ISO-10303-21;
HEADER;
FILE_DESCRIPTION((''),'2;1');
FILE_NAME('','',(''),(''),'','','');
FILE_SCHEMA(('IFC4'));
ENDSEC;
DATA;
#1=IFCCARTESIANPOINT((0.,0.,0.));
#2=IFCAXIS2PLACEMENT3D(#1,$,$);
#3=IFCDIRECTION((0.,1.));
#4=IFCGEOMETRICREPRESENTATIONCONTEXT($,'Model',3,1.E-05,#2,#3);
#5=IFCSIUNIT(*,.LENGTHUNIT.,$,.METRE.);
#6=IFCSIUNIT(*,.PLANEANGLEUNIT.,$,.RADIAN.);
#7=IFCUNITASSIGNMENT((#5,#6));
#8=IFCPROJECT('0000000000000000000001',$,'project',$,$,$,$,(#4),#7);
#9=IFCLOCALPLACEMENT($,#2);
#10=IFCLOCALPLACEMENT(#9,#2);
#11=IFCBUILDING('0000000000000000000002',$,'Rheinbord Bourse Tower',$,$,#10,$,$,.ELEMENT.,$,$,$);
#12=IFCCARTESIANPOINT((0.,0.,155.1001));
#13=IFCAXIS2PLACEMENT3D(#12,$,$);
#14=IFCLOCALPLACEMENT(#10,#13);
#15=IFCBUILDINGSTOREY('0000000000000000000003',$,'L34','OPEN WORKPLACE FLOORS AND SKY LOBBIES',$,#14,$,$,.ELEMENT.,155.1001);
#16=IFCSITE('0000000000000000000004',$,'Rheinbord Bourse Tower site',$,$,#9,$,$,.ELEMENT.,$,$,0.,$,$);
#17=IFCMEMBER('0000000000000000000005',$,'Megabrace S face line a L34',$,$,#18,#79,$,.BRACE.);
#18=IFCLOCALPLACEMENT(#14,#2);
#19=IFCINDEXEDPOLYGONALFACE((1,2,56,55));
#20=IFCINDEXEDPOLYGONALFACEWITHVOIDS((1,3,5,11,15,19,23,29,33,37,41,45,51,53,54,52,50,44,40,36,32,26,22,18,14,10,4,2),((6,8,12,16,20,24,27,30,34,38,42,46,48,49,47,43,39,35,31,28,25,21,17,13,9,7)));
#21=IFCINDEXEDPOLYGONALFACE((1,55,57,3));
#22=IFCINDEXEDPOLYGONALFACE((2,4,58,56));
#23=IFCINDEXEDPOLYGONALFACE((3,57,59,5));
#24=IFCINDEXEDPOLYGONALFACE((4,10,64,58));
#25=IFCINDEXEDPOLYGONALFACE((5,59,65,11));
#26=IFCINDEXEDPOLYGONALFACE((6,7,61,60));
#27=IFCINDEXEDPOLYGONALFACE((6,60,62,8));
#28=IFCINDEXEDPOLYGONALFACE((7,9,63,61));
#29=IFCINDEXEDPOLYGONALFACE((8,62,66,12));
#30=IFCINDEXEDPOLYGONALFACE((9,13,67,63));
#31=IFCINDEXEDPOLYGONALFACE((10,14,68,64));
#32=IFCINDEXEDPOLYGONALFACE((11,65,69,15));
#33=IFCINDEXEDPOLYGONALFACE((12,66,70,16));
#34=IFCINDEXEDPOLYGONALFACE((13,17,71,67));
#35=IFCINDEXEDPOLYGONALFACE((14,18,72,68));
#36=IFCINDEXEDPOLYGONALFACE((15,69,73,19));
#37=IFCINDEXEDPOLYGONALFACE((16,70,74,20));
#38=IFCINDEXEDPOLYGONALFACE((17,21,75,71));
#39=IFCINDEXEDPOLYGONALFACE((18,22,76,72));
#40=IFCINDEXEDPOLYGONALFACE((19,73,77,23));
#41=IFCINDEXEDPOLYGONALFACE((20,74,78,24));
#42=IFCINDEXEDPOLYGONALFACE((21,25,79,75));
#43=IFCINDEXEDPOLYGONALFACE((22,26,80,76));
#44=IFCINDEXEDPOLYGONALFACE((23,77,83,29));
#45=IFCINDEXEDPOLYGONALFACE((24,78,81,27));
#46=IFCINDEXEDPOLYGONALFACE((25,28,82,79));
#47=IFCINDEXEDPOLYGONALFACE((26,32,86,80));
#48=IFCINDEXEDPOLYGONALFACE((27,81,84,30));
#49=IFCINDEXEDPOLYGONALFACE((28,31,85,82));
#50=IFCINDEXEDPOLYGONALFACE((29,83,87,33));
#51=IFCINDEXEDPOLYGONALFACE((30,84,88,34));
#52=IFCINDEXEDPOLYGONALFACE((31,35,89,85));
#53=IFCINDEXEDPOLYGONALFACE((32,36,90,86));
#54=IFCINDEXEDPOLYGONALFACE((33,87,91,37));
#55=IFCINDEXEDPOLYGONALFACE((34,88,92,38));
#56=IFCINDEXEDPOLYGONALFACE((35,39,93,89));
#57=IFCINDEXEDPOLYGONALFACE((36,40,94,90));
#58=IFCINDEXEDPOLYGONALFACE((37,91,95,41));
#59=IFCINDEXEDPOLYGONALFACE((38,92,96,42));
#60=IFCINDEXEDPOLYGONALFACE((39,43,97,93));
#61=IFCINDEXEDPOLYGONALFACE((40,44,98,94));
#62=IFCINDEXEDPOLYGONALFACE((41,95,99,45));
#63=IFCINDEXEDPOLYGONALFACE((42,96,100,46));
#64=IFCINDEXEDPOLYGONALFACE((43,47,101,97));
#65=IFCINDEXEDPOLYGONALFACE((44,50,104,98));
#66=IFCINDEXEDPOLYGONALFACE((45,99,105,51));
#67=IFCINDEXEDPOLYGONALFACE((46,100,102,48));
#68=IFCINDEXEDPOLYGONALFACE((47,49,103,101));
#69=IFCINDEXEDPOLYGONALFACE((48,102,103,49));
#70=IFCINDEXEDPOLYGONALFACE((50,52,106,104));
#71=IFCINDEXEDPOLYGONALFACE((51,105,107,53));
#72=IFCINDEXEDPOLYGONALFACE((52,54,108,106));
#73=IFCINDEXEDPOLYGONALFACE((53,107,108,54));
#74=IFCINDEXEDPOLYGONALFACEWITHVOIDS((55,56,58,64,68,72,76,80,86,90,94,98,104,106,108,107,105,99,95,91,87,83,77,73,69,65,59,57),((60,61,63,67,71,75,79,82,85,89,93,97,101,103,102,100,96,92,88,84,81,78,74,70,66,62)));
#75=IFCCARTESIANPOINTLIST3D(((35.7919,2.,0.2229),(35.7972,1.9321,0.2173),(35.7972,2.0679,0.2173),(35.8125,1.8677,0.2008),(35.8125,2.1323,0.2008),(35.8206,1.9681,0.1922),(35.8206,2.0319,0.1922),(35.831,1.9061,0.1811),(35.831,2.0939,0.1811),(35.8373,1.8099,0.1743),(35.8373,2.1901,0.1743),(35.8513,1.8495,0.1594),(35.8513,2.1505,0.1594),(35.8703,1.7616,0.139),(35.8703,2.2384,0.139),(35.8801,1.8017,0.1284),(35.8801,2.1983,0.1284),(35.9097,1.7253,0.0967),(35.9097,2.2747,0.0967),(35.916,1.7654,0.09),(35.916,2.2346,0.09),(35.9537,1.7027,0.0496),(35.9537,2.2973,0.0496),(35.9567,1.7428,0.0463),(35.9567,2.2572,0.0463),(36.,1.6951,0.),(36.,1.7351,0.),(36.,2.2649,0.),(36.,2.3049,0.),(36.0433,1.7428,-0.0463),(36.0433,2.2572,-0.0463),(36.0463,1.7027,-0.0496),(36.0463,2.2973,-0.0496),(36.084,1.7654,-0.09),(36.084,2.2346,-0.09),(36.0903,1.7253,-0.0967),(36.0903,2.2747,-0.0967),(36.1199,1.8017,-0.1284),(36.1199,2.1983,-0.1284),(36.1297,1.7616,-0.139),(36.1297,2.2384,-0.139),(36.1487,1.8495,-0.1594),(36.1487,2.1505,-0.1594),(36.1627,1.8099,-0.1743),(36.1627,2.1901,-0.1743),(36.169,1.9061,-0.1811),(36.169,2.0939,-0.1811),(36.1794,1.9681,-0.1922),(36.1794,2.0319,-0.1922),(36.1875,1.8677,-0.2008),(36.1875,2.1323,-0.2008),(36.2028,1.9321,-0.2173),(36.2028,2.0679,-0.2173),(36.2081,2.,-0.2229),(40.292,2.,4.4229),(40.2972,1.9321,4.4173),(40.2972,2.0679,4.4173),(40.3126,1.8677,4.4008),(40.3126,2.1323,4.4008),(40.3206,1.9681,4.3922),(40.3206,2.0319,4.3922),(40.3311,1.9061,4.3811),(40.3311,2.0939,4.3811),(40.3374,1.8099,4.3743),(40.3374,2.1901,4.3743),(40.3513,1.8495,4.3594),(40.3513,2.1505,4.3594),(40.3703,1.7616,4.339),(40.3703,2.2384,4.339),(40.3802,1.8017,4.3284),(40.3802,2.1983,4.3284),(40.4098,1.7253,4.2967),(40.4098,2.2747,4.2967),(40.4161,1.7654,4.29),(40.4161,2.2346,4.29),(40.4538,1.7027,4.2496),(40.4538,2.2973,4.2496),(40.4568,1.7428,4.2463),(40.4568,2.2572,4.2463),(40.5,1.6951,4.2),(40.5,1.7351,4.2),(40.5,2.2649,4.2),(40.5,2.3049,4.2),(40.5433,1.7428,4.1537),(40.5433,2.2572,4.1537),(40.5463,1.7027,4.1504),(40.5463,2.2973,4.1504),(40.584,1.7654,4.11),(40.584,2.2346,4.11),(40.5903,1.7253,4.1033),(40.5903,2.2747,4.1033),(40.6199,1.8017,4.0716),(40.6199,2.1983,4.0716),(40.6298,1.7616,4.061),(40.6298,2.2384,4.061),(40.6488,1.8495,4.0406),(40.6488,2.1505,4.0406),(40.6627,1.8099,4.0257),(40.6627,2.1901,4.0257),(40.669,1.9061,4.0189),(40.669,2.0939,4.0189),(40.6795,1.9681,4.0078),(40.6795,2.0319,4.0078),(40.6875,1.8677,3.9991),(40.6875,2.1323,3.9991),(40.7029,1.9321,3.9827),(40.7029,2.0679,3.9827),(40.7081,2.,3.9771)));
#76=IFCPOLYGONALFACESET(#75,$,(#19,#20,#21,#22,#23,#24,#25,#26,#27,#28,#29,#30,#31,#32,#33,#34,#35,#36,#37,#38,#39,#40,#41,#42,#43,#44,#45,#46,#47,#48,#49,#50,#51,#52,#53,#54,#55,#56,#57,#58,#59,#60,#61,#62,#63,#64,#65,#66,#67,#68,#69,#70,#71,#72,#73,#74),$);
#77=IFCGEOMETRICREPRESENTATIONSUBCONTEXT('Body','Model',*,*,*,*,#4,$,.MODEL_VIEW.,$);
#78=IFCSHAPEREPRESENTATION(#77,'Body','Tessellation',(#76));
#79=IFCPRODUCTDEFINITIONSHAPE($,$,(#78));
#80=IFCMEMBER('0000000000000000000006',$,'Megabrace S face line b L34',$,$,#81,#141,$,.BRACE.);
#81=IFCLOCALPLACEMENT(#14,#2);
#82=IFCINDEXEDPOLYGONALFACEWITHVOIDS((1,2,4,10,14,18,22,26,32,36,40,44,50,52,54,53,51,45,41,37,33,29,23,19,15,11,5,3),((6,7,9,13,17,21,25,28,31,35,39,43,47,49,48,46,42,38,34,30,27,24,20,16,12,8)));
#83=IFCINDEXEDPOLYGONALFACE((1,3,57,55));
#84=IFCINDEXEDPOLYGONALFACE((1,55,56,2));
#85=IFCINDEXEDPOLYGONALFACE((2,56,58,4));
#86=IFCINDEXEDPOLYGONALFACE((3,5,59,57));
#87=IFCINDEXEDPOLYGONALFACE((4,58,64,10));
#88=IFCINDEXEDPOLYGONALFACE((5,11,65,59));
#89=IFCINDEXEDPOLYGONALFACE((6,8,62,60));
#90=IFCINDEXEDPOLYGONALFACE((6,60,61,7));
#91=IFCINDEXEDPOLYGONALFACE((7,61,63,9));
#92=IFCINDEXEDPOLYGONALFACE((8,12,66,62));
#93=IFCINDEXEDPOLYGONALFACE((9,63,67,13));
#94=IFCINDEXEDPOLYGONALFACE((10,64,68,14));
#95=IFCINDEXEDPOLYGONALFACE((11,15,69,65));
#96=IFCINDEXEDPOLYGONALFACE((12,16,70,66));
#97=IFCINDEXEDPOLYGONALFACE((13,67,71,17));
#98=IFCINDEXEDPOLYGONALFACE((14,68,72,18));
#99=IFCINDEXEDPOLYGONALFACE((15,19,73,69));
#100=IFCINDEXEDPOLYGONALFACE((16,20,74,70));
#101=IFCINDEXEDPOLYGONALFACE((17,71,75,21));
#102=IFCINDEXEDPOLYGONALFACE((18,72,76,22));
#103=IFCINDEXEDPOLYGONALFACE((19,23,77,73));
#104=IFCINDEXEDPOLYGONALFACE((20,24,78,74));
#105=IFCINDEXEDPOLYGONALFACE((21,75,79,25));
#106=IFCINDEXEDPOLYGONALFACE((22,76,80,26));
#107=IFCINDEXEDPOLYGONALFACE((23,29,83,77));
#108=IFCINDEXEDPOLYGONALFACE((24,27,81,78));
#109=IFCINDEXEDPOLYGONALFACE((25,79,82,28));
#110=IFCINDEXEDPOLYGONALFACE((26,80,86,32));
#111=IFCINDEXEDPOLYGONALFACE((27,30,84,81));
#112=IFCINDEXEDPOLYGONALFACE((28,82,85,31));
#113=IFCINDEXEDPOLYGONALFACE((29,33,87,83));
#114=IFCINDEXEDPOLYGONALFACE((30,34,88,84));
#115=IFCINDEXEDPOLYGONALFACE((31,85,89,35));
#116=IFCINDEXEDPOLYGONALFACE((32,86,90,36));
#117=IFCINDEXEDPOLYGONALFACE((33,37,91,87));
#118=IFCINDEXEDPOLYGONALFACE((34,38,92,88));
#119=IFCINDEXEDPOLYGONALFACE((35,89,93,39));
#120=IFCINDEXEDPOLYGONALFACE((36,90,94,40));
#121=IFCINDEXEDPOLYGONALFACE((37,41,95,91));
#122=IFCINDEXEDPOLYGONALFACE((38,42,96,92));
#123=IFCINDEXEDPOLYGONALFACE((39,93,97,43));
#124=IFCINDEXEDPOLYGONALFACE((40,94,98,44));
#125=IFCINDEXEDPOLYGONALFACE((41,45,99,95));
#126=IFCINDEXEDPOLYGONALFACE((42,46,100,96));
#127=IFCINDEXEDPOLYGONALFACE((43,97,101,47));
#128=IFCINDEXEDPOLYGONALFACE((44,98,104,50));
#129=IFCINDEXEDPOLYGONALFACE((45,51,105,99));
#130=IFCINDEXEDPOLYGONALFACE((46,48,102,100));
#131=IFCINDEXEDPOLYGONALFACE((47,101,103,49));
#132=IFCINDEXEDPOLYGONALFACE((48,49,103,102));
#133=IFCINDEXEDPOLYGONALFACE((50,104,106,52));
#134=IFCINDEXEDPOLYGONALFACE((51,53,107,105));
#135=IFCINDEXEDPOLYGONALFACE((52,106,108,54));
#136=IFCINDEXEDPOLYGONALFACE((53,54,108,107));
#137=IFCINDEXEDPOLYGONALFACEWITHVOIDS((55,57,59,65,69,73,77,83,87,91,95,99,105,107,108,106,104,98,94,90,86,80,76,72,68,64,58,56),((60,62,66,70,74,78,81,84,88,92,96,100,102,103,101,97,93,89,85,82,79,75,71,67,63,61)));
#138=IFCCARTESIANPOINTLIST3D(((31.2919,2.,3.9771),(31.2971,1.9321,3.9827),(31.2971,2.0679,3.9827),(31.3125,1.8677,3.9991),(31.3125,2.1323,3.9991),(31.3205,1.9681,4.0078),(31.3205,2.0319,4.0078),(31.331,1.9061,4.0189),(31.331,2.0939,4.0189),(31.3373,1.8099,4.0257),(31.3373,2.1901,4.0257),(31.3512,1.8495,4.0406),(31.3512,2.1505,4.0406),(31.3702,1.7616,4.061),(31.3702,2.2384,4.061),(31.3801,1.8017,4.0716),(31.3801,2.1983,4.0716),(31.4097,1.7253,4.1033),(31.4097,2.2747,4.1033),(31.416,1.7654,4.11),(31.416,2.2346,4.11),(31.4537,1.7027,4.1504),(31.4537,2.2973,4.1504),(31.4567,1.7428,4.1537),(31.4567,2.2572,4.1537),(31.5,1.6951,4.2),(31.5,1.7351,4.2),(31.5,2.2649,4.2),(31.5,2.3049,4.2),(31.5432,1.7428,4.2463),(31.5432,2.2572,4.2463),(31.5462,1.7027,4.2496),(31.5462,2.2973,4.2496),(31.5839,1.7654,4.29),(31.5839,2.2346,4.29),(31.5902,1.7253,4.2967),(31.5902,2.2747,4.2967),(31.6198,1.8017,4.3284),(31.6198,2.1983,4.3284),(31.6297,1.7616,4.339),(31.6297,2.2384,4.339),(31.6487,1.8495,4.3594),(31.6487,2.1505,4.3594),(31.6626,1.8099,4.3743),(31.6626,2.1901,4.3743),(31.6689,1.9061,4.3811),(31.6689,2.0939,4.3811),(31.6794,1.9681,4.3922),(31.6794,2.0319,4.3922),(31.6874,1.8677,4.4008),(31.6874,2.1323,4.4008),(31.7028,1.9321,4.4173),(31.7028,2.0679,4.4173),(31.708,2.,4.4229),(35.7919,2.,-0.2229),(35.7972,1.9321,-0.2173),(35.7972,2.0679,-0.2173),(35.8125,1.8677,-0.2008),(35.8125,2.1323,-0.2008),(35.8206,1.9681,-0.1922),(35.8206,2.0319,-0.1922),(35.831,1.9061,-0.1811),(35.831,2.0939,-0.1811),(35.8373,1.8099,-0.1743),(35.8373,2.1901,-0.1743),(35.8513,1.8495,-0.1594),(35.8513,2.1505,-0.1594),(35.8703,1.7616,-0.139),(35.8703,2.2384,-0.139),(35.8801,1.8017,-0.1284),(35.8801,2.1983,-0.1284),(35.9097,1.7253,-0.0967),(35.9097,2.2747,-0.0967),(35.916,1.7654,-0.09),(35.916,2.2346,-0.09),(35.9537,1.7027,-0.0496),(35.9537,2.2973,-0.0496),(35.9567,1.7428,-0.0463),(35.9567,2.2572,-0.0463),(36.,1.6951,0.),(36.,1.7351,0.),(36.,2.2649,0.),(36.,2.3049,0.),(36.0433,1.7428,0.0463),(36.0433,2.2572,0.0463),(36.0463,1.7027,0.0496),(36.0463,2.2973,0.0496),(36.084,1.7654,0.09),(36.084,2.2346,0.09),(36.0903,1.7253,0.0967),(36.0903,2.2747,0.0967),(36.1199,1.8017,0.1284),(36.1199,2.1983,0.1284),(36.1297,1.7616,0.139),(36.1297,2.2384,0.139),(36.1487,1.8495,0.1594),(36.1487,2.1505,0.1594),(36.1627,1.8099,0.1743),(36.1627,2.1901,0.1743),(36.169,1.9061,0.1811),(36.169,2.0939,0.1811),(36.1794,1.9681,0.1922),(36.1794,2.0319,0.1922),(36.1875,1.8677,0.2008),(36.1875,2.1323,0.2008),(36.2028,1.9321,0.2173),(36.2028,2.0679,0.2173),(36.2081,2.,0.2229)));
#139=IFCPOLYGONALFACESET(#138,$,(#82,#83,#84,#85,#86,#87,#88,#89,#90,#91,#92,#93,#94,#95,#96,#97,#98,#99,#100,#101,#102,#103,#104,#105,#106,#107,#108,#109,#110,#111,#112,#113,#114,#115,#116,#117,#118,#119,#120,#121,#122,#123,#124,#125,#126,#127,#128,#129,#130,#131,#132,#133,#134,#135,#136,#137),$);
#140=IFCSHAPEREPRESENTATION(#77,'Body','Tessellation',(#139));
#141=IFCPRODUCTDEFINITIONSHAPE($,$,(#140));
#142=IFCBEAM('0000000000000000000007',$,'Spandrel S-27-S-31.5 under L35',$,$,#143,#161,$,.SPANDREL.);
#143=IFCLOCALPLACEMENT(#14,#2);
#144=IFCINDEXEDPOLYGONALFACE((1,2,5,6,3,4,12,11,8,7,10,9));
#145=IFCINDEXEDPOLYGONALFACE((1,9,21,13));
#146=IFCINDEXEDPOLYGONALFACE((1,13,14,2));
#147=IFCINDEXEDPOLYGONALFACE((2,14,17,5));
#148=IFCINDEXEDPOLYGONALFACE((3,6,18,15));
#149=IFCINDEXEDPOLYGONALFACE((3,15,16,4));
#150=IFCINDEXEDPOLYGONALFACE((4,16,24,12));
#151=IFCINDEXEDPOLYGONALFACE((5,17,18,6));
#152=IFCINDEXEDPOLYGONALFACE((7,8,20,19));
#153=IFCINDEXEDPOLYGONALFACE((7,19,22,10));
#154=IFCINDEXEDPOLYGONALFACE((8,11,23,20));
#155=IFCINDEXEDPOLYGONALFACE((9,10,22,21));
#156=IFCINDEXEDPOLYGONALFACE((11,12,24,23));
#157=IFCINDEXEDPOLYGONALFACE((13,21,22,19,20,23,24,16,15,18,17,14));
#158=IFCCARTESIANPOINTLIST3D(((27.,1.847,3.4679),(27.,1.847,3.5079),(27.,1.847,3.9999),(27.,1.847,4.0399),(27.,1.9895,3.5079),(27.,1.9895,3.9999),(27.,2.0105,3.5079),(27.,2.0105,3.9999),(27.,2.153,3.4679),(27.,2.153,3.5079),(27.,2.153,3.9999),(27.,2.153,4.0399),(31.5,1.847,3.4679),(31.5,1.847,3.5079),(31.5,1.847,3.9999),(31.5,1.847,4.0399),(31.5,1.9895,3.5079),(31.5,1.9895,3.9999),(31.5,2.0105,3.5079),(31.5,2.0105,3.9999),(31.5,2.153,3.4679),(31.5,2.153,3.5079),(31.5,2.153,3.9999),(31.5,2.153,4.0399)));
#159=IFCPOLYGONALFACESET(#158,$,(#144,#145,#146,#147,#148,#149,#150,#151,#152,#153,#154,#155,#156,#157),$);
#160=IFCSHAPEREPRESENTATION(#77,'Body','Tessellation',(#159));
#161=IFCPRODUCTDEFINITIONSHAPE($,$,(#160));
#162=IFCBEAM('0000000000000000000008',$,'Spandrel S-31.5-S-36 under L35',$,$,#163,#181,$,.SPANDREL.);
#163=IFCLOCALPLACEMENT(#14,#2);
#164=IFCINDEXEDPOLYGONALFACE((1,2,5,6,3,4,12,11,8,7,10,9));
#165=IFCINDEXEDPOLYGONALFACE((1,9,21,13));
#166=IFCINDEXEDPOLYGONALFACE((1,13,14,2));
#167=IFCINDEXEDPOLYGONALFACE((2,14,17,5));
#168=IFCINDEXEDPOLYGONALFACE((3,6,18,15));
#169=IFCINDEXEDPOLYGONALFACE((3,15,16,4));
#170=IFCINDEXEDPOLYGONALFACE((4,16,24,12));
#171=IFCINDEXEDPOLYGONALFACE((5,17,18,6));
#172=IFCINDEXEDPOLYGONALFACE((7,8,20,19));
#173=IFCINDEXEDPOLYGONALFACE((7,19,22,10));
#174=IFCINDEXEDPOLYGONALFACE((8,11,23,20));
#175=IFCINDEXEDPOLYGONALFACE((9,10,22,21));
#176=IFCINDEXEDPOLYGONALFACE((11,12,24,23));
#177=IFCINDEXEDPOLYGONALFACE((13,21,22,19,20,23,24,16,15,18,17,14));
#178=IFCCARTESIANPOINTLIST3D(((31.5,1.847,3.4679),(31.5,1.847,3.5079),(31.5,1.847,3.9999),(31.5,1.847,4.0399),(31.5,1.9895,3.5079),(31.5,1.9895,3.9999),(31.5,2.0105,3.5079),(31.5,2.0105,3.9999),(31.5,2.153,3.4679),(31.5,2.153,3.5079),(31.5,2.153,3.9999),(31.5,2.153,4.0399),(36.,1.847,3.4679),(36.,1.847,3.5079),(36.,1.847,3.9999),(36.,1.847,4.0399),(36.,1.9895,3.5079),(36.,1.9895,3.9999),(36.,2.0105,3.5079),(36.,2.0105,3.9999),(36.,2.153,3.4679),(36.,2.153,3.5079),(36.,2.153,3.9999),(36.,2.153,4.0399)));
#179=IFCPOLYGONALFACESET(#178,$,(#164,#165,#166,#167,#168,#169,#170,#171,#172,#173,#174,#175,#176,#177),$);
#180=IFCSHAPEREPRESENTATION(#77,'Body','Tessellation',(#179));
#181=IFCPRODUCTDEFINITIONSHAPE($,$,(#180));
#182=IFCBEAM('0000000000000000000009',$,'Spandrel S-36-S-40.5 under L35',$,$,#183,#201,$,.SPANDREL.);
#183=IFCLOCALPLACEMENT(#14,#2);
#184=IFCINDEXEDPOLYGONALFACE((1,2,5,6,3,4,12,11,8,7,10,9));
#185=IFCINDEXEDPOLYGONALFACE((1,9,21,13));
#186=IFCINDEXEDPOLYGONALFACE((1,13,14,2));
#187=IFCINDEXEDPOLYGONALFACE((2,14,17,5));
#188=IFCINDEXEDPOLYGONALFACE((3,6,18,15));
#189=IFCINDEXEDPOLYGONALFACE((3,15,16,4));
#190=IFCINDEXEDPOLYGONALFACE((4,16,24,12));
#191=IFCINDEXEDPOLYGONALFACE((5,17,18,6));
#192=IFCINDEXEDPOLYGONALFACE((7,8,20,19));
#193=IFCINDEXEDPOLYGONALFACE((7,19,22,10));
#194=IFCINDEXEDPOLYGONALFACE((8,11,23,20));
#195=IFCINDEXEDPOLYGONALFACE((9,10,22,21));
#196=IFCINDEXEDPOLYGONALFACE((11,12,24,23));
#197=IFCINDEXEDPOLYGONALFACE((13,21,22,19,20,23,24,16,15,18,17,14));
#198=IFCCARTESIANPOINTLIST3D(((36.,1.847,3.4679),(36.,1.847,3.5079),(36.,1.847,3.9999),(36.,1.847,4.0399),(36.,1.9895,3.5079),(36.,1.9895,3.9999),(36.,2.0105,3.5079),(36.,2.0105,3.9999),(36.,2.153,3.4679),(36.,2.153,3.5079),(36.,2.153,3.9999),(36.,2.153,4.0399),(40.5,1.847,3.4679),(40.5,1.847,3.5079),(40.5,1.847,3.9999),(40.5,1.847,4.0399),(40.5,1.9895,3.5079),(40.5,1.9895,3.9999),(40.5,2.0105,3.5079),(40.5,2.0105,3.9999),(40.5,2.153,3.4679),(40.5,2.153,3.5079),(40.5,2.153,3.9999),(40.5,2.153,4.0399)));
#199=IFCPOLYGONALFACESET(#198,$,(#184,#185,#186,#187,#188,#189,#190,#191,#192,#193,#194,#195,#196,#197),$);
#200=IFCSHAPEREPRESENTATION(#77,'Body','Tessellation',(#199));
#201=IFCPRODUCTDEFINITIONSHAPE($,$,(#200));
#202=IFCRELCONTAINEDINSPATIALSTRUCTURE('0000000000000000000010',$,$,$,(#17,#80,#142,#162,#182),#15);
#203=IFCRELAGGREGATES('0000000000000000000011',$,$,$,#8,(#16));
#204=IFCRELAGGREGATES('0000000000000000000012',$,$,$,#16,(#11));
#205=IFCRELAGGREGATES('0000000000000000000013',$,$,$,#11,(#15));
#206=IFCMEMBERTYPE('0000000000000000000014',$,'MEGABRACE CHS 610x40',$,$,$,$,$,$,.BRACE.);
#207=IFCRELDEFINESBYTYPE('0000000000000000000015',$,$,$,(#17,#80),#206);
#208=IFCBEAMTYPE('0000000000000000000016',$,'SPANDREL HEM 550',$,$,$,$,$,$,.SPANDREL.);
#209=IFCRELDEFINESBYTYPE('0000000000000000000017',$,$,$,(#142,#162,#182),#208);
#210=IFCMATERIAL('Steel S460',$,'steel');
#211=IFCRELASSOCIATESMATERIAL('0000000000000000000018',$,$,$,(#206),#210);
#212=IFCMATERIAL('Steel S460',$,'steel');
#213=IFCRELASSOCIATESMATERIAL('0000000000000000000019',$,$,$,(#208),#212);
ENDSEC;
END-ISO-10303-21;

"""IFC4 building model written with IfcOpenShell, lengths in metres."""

from ifc_helpers import new_model, si_unit, direction, frame, origin, origin_2d, place, context, subcontext, project, spatial, hollow_circle, i_section, extrude, material, material_profile, profile_set, type_object, element, save


model = new_model("IFC4")

# Units and contexts
model_context = context("Model", 3, precision=1e-05, world=origin(), true_north=direction((0.0, 1.0)))
body_context = subcontext(model_context, "Body", "Model", "MODEL_VIEW")
ifc_project = project(units=[si_unit("LENGTHUNIT", "METRE"), si_unit("PLANEANGLEUNIT", "RADIAN")], contexts=[model_context])

# Site, building, storey
site_placement = place(None, origin())
site = spatial("IfcSite", under=ifc_project, at=site_placement, Name="Rheinbord Bourse Tower site", CompositionType="ELEMENT", RefElevation=0.0)
building_placement = place(site_placement, origin())
building = spatial("IfcBuilding", under=site, at=building_placement, Name="Rheinbord Bourse Tower", CompositionType="ELEMENT")
storey_placement = place(building_placement, frame((0.0, 0.0, 155.1001)))
storey = spatial("IfcBuildingStorey", under=building, at=storey_placement, Name="L34", Description="OPEN WORKPLACE FLOORS AND SKY LOBBIES", CompositionType="ELEMENT", Elevation=155.1001)

# Members
ifc_material_1 = material(Name="Steel S460", Category="steel")
ifc_material_profile_1 = material_profile(ifc_material_1, hollow_circle(Radius=0.3049, WallThickness=0.04, at=origin_2d()), Name="CHS 610x40")
ifc_profile_set_1 = profile_set([ifc_material_profile_1], Name="Steel S460")
member_type_1 = type_object("IfcMemberType", Name="MEGABRACE CHS 610x40", PredefinedType="BRACE", material=ifc_profile_set_1)
for number, where, z_axis, x_axis, name in (
    (1, (36.0, 2.0, 0.0), (0.731059, 0.0, 0.682314), (0.0, 1.0, 0.0), "Megabrace S face line a L34"),
    (2, (36.0, 2.0, 0.0), (-0.731059, 0.0, 0.682314), (0.0, -1.0, 0.0), "Megabrace S face line b L34"),
):
    element("IfcMember", number, at=place(storey_placement, frame(where, z_axis=z_axis, x_axis=x_axis)), inside=storey, type_object=member_type_1, Name=name, PredefinedType="BRACE", context=body_context, shape_type="SweptSolid", body=[
        extrude(hollow_circle(Radius=0.3049, WallThickness=0.04, at=origin_2d()), origin(), (0.0, 0.0, 1.0), 6.1555),
    ])

# Beams
ifc_material_2 = material(Name="Steel S460", Category="steel")
ifc_material_profile_2 = material_profile(ifc_material_2, i_section(OverallWidth=0.3059, OverallDepth=0.572, WebThickness=0.021, FlangeThickness=0.04, at=origin_2d()), Name="HEM 550")
ifc_profile_set_2 = profile_set([ifc_material_profile_2], Name="Steel S460")
beam_type_1 = type_object("IfcBeamType", Name="SPANDREL HEM 550", PredefinedType="SPANDREL", material=ifc_profile_set_2)
for number, where, z_axis, x_axis, name in (
    (3, (27.0, 2.0, 3.7539), (1.0, 0.0, 0.0), (0.0, 1.0, 0.0), "Spandrel S-27-S-31.5 under L35"),
    (4, (31.5, 2.0, 3.7539), (1.0, 0.0, 0.0), (0.0, 1.0, 0.0), "Spandrel S-31.5-S-36 under L35"),
    (5, (36.0, 2.0, 3.7539), (1.0, 0.0, 0.0), (0.0, 1.0, 0.0), "Spandrel S-36-S-40.5 under L35"),
):
    element("IfcBeam", number, at=place(storey_placement, frame(where, z_axis=z_axis, x_axis=x_axis)), inside=storey, type_object=beam_type_1, Name=name, PredefinedType="SPANDREL", context=body_context, shape_type="SweptSolid", body=[
        extrude(i_section(OverallWidth=0.3059, OverallDepth=0.572, WebThickness=0.021, FlangeThickness=0.04, at=origin_2d()), origin(), (0.0, 0.0, 1.0), 4.5),
    ])

save(model, "model.ifc")
